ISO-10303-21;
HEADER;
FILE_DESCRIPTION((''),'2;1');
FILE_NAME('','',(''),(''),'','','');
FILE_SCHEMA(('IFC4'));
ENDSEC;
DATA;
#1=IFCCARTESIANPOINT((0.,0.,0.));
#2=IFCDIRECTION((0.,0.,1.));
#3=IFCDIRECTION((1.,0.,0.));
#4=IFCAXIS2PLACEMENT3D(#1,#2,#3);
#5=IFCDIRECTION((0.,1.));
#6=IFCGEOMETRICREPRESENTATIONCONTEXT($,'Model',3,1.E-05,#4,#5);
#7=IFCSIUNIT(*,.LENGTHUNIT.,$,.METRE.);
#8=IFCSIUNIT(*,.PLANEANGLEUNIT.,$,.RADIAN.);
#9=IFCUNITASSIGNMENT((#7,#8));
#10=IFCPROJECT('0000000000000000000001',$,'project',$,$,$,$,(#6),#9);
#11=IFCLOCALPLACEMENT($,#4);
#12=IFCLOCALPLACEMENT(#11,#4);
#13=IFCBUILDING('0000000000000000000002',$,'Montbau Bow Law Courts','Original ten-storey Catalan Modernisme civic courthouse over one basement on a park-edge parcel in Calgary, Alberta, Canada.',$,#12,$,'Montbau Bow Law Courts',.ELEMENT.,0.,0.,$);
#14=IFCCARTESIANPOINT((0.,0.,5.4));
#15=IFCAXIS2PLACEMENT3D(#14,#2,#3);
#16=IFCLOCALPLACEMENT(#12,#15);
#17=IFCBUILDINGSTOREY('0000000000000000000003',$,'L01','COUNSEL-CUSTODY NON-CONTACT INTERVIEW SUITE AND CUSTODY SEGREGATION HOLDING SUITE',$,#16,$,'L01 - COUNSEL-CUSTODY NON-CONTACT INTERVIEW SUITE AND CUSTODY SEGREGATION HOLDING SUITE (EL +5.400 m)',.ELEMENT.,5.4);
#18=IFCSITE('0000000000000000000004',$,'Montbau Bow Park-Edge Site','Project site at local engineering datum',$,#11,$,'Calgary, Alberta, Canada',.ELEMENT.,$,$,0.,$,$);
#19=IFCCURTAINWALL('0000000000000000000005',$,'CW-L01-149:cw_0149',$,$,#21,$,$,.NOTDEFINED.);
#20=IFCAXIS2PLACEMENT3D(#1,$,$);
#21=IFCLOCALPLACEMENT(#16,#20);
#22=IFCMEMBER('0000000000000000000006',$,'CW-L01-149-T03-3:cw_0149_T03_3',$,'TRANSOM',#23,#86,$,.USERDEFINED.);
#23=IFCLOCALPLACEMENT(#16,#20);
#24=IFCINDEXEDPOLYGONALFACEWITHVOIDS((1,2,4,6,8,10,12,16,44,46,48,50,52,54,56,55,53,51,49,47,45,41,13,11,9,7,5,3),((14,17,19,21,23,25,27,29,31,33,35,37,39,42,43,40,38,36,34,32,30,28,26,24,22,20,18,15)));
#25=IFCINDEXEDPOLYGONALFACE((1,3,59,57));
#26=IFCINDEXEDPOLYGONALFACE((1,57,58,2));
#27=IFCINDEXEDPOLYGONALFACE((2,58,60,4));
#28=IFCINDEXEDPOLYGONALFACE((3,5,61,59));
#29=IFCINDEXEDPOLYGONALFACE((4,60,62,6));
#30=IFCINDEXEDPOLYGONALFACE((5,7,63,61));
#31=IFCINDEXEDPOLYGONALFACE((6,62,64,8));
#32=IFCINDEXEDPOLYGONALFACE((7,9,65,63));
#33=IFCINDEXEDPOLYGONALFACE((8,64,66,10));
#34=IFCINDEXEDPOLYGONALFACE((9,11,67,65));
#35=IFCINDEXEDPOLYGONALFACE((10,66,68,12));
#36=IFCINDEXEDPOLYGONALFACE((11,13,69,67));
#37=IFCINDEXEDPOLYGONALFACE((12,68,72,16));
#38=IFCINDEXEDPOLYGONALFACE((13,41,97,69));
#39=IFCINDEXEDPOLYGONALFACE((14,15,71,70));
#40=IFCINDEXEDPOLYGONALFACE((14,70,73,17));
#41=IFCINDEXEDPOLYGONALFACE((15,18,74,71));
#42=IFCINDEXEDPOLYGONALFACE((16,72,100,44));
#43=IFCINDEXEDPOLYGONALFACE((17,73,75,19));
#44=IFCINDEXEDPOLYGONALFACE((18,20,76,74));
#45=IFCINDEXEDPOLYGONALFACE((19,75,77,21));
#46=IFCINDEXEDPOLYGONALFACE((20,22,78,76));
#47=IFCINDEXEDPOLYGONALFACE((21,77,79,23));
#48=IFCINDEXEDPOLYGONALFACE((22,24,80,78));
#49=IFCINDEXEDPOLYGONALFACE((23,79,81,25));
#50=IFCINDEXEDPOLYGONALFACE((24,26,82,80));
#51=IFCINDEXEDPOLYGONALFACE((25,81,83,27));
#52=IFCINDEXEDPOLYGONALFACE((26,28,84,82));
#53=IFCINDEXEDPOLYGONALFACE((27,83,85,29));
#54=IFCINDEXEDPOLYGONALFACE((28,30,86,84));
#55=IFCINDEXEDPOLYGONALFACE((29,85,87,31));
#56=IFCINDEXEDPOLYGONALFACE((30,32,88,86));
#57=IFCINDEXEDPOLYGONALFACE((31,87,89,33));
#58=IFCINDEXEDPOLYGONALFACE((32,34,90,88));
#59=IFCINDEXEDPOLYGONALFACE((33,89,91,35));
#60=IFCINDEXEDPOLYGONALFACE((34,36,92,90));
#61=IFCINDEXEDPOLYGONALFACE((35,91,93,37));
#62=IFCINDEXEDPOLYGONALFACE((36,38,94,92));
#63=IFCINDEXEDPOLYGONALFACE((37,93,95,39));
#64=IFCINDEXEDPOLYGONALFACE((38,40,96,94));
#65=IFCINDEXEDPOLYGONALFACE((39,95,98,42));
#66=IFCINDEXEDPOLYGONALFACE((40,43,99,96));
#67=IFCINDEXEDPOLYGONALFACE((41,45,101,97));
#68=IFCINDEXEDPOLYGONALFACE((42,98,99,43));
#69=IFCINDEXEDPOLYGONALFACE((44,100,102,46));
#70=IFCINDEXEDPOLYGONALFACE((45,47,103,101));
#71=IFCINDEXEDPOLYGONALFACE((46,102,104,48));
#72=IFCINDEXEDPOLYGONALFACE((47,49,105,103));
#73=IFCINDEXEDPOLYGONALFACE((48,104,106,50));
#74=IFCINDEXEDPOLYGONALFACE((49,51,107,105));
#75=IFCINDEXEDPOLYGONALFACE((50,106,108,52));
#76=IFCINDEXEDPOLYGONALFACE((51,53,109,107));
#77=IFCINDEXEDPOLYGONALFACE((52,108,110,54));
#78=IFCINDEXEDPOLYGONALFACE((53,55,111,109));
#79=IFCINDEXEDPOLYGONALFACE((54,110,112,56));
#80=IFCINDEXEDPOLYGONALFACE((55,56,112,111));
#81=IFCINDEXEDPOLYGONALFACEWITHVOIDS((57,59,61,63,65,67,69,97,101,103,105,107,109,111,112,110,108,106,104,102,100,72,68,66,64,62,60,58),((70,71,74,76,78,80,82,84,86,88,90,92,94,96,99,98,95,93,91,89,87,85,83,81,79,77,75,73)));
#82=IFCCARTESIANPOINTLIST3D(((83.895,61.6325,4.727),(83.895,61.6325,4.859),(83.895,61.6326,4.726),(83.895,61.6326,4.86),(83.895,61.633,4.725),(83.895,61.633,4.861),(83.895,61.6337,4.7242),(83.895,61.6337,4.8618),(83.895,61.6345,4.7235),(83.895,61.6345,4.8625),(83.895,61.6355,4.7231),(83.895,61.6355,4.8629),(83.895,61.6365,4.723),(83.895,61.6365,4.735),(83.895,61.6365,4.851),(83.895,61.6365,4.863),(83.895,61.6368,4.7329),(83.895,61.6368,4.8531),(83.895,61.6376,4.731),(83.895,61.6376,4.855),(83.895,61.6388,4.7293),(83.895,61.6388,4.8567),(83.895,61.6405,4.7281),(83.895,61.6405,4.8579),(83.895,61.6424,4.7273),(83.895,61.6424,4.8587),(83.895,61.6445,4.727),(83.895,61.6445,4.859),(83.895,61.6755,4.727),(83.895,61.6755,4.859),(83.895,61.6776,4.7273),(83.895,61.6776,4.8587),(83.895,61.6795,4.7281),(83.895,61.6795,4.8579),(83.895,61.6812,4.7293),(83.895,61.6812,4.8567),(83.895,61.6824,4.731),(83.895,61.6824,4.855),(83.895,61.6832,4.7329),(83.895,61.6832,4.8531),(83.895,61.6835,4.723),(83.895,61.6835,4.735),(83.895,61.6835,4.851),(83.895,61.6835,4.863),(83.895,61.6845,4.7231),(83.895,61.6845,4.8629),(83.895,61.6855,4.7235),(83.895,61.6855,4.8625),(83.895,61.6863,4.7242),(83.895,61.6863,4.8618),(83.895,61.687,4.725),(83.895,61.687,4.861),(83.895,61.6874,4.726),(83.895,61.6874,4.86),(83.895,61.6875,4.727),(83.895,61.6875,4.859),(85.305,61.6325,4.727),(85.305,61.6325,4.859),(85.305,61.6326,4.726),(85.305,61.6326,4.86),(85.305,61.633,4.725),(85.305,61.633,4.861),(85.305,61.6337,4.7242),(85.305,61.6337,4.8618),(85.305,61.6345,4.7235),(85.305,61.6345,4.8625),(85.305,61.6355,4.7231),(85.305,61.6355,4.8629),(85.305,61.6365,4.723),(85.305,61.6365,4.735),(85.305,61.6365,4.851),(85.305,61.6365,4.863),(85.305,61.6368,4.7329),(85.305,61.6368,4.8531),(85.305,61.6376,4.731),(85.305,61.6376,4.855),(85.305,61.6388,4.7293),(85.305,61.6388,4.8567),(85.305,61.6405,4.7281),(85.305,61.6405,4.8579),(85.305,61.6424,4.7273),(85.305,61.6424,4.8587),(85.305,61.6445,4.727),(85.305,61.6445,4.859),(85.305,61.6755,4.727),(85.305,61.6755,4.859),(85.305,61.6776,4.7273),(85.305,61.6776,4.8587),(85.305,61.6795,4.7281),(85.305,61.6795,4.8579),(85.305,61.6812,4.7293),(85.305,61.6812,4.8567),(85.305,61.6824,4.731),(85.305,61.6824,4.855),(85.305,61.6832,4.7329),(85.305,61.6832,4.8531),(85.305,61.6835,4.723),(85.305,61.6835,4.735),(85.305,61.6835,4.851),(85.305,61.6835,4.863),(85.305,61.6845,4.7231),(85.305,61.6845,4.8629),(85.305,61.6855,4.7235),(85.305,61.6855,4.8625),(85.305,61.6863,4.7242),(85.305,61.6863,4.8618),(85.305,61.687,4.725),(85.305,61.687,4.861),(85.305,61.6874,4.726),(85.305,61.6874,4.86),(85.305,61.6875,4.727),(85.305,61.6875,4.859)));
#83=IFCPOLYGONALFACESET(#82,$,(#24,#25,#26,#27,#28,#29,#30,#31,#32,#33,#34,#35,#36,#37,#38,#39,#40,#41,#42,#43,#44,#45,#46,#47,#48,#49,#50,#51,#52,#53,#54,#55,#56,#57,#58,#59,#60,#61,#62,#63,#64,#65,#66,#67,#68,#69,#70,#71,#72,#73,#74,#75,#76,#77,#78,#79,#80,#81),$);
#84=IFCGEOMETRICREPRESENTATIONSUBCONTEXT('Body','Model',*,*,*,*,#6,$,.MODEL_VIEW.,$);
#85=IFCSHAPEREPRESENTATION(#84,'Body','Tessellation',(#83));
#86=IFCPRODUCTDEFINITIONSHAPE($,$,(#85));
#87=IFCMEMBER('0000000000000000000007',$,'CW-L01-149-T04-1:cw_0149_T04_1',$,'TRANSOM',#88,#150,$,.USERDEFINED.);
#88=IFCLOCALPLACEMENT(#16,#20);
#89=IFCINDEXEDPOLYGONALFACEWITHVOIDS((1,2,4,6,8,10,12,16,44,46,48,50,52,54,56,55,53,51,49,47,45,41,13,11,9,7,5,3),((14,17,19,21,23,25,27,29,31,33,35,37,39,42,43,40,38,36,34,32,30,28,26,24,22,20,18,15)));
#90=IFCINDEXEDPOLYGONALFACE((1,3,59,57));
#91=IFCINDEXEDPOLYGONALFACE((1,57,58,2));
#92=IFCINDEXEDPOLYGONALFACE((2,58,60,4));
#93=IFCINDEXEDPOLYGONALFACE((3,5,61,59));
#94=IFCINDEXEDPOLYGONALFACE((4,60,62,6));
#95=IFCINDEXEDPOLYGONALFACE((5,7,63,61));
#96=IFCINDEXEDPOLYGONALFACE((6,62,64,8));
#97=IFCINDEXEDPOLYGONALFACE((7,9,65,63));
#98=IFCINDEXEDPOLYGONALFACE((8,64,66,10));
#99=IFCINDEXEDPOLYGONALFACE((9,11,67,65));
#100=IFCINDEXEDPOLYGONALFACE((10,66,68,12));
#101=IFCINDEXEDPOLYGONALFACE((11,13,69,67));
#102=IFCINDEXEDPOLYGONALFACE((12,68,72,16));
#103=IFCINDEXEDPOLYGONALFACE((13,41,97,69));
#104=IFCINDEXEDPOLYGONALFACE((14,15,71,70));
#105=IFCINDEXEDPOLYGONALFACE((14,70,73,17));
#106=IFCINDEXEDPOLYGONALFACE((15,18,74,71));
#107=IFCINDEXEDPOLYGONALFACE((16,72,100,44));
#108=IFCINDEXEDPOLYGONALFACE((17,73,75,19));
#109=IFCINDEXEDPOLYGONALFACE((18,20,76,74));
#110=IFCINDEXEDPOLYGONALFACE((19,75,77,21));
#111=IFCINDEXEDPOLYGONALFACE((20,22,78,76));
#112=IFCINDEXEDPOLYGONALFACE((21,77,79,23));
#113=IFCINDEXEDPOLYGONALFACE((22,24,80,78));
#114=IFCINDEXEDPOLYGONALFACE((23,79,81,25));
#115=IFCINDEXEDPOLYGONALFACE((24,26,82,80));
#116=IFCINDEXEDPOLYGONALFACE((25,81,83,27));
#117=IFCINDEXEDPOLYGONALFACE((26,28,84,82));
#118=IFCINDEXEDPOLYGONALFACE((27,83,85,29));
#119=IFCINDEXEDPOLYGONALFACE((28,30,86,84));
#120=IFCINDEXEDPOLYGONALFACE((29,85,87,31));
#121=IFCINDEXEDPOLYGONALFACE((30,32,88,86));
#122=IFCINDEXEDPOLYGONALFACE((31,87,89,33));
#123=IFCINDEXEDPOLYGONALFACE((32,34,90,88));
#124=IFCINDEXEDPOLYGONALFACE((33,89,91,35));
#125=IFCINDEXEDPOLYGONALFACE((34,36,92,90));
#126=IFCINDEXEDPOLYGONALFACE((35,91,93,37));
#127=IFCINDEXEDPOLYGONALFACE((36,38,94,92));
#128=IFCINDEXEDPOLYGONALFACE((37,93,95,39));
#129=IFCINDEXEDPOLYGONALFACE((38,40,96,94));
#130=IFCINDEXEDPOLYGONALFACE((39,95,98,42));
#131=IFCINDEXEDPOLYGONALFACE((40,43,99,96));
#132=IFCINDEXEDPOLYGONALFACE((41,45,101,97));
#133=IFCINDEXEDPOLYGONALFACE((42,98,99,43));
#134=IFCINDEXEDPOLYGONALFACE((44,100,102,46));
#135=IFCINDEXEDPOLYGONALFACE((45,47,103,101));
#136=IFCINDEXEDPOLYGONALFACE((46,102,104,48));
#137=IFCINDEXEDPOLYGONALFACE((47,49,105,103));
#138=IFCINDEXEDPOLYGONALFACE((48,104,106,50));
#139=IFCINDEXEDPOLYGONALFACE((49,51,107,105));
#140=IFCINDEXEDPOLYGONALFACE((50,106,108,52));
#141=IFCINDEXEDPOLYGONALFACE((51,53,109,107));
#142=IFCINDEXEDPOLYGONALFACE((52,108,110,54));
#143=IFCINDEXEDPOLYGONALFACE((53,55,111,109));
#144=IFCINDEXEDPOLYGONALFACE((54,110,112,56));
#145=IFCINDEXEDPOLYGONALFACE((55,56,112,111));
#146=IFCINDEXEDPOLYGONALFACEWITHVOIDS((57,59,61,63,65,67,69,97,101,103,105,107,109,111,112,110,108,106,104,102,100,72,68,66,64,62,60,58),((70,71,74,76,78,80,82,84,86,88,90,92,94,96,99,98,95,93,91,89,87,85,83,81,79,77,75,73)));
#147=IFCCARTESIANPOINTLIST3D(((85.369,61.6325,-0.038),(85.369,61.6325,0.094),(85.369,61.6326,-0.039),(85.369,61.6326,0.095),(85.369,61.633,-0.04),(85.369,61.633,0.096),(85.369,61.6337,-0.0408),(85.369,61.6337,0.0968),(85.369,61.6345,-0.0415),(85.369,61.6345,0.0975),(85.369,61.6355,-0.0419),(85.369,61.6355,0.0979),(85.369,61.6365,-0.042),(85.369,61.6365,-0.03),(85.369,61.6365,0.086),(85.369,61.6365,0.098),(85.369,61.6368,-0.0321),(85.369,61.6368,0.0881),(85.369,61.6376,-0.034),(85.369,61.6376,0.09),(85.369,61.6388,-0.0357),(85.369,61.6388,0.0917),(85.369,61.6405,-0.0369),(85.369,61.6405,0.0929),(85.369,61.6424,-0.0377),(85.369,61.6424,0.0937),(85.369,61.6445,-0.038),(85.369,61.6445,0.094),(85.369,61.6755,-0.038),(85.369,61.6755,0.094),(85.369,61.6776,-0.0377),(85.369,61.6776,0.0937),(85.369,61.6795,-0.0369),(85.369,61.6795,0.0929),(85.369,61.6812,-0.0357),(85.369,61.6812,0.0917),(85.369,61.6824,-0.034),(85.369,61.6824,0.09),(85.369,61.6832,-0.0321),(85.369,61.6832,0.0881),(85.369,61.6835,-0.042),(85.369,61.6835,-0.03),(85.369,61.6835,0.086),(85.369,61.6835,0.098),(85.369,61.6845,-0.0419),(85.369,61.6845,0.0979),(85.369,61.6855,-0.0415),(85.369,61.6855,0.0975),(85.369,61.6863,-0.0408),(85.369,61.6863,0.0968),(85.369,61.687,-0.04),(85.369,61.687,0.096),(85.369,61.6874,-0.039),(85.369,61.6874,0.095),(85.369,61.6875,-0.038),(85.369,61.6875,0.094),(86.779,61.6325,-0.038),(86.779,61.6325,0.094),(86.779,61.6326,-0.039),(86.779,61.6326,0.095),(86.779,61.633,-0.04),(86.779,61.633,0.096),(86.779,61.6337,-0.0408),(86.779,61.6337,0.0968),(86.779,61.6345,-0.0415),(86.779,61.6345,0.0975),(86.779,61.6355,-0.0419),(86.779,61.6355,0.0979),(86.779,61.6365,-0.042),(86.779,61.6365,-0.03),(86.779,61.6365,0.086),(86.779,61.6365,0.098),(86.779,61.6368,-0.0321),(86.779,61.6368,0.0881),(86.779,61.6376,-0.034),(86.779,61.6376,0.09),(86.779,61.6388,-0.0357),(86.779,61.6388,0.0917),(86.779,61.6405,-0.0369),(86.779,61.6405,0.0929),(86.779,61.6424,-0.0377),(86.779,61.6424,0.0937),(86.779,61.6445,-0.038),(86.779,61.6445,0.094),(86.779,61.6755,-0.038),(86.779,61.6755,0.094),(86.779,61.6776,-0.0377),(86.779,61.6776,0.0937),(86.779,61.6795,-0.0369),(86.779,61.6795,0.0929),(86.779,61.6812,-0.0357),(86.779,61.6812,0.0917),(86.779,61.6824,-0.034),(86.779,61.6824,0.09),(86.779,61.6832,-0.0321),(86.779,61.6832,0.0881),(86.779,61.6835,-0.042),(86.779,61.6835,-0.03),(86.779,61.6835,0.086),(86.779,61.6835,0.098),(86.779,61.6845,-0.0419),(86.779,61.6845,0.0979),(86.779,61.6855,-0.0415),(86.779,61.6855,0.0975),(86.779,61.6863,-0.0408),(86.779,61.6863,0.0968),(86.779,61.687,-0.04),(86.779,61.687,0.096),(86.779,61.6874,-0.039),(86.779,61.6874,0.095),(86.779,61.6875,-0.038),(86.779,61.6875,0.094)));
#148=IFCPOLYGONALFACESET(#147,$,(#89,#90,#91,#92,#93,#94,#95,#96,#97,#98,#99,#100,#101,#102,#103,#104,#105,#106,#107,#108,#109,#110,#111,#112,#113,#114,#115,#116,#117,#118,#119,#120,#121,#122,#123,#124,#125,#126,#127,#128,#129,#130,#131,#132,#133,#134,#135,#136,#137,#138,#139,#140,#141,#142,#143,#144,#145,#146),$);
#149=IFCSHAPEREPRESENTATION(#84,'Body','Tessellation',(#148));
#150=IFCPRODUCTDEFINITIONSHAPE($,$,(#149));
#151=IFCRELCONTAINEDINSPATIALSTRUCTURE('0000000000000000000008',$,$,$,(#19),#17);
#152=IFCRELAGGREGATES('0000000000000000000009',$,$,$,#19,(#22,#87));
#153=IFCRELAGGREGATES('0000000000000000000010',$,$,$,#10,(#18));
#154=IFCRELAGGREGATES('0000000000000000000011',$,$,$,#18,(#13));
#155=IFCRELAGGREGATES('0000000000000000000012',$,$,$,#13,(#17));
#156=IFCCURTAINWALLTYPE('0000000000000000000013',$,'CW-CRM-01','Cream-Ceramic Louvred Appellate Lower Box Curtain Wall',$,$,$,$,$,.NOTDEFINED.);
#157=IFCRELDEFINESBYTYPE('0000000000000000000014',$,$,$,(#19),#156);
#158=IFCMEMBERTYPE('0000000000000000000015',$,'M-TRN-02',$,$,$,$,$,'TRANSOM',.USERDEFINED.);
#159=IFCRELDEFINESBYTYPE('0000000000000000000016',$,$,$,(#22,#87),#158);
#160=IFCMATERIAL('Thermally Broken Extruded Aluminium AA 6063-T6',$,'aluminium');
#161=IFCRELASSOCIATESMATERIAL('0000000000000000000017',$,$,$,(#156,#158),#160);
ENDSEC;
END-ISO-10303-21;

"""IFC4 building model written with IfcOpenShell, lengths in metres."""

from ifc_helpers import new_model, si_unit, direction, frame, origin_with_axes, origin_2d_with_axis, place, context, subcontext, project, spatial, hollow_rectangle, extrude, material, material_profile, profile_set, type_object, element, aggregate, save


model = new_model("IFC4")

# Units and contexts
model_context = context("Model", 3, precision=1e-05, world=origin_with_axes(), true_north=direction((0.0, 1.0)))
body_context = subcontext(model_context, "Body", "Model", "MODEL_VIEW")
ifc_project = project(units=[si_unit("LENGTHUNIT", "METRE"), si_unit("PLANEANGLEUNIT", "RADIAN")], contexts=[model_context])

# Site, building, storey
site_placement = place(None, origin_with_axes())
site = spatial("IfcSite", under=ifc_project, at=site_placement, Name="Montbau Bow Park-Edge Site", Description="Project site at local engineering datum", LongName="Calgary, Alberta, Canada", CompositionType="ELEMENT", RefElevation=0.0)
building_placement = place(site_placement, origin_with_axes())
building = spatial("IfcBuilding", under=site, at=building_placement, Name="Montbau Bow Law Courts", Description="Original ten-storey Catalan Modernisme civic courthouse over one basement on a park-edge parcel in Calgary, Alberta, Canada.", LongName="Montbau Bow Law Courts", CompositionType="ELEMENT", ElevationOfRefHeight=0.0, ElevationOfTerrain=0.0)
storey_placement = place(building_placement, frame((0.0, 0.0, 5.4), z_axis=(0.0, 0.0, 1.0), x_axis=(1.0, 0.0, 0.0)))
storey = spatial("IfcBuildingStorey", under=building, at=storey_placement, Name="L01", Description="COUNSEL-CUSTODY NON-CONTACT INTERVIEW SUITE AND CUSTODY SEGREGATION HOLDING SUITE", LongName="L01 - COUNSEL-CUSTODY NON-CONTACT INTERVIEW SUITE AND CUSTODY SEGREGATION HOLDING SUITE (EL +5.400 m)", CompositionType="ELEMENT", Elevation=5.4)

# Curtain wall, members
ifc_material_1 = material(Name="Thermally Broken Extruded Aluminium AA 6063-T6", Category="aluminium")
curtain_wall_type = type_object("IfcCurtainWallType", Name="CW-CRM-01", Description="Cream-Ceramic Louvred Appellate Lower Box Curtain Wall", PredefinedType="NOTDEFINED", material=ifc_material_1)
curtain_wall_placement = place(None, frame((80.915, 61.66, 5.4), z_axis=(0.0, 0.0, 1.0), x_axis=(1.0, 0.0, 0.0)))
curtain_wall = element("IfcCurtainWall", 1, at=curtain_wall_placement, inside=storey, type_object=curtain_wall_type, Name="CW-L01-149:cw_0149", PredefinedType="NOTDEFINED")
ifc_material_profile_1 = material_profile(ifc_material_1, hollow_rectangle(XDim=0.055, YDim=0.14, WallThickness=0.004, InnerFilletRadius=0.008, OuterFilletRadius=0.004, at=origin_2d_with_axis()), Name="CWT-140X55", Category="Main", Priority=0)
ifc_profile_set_1 = profile_set([ifc_material_profile_1], Name="Thermally Broken Extruded Aluminium AA 6063-T6")
member_type_1 = type_object("IfcMemberType", Name="M-TRN-02", ElementType="TRANSOM", PredefinedType="USERDEFINED", material=ifc_profile_set_1)
member_1_placement = place(None, frame((83.895, 61.66, 10.193), z_axis=(1.0, 0.0, 0.0), x_axis=(0.0, 1.0, 0.0)))
member_1 = element("IfcMember", 2, at=member_1_placement, type_object=member_type_1, Name="CW-L01-149-T03-3:cw_0149_T03_3", ObjectType="TRANSOM", PredefinedType="USERDEFINED", context=body_context, shape_type="SweptSolid", body=[
    extrude(hollow_rectangle(XDim=0.055, YDim=0.14, WallThickness=0.004, InnerFilletRadius=0.008, OuterFilletRadius=0.004, at=origin_2d_with_axis()), origin_with_axes(), (0.0, 0.0, 1.0), 1.41),
])
member_2_placement = place(None, frame((85.369, 61.66, 5.428), z_axis=(1.0, 0.0, 0.0), x_axis=(0.0, 1.0, 0.0)))
member_2 = element("IfcMember", 3, at=member_2_placement, type_object=member_type_1, Name="CW-L01-149-T04-1:cw_0149_T04_1", ObjectType="TRANSOM", PredefinedType="USERDEFINED", context=body_context, shape_type="SweptSolid", body=[
    extrude(hollow_rectangle(XDim=0.055, YDim=0.14, WallThickness=0.004, InnerFilletRadius=0.008, OuterFilletRadius=0.004, at=origin_2d_with_axis()), origin_with_axes(), (0.0, 0.0, 1.0), 1.41),
])
aggregate(curtain_wall, [member_1, member_2])

save(model, "model.ifc")
